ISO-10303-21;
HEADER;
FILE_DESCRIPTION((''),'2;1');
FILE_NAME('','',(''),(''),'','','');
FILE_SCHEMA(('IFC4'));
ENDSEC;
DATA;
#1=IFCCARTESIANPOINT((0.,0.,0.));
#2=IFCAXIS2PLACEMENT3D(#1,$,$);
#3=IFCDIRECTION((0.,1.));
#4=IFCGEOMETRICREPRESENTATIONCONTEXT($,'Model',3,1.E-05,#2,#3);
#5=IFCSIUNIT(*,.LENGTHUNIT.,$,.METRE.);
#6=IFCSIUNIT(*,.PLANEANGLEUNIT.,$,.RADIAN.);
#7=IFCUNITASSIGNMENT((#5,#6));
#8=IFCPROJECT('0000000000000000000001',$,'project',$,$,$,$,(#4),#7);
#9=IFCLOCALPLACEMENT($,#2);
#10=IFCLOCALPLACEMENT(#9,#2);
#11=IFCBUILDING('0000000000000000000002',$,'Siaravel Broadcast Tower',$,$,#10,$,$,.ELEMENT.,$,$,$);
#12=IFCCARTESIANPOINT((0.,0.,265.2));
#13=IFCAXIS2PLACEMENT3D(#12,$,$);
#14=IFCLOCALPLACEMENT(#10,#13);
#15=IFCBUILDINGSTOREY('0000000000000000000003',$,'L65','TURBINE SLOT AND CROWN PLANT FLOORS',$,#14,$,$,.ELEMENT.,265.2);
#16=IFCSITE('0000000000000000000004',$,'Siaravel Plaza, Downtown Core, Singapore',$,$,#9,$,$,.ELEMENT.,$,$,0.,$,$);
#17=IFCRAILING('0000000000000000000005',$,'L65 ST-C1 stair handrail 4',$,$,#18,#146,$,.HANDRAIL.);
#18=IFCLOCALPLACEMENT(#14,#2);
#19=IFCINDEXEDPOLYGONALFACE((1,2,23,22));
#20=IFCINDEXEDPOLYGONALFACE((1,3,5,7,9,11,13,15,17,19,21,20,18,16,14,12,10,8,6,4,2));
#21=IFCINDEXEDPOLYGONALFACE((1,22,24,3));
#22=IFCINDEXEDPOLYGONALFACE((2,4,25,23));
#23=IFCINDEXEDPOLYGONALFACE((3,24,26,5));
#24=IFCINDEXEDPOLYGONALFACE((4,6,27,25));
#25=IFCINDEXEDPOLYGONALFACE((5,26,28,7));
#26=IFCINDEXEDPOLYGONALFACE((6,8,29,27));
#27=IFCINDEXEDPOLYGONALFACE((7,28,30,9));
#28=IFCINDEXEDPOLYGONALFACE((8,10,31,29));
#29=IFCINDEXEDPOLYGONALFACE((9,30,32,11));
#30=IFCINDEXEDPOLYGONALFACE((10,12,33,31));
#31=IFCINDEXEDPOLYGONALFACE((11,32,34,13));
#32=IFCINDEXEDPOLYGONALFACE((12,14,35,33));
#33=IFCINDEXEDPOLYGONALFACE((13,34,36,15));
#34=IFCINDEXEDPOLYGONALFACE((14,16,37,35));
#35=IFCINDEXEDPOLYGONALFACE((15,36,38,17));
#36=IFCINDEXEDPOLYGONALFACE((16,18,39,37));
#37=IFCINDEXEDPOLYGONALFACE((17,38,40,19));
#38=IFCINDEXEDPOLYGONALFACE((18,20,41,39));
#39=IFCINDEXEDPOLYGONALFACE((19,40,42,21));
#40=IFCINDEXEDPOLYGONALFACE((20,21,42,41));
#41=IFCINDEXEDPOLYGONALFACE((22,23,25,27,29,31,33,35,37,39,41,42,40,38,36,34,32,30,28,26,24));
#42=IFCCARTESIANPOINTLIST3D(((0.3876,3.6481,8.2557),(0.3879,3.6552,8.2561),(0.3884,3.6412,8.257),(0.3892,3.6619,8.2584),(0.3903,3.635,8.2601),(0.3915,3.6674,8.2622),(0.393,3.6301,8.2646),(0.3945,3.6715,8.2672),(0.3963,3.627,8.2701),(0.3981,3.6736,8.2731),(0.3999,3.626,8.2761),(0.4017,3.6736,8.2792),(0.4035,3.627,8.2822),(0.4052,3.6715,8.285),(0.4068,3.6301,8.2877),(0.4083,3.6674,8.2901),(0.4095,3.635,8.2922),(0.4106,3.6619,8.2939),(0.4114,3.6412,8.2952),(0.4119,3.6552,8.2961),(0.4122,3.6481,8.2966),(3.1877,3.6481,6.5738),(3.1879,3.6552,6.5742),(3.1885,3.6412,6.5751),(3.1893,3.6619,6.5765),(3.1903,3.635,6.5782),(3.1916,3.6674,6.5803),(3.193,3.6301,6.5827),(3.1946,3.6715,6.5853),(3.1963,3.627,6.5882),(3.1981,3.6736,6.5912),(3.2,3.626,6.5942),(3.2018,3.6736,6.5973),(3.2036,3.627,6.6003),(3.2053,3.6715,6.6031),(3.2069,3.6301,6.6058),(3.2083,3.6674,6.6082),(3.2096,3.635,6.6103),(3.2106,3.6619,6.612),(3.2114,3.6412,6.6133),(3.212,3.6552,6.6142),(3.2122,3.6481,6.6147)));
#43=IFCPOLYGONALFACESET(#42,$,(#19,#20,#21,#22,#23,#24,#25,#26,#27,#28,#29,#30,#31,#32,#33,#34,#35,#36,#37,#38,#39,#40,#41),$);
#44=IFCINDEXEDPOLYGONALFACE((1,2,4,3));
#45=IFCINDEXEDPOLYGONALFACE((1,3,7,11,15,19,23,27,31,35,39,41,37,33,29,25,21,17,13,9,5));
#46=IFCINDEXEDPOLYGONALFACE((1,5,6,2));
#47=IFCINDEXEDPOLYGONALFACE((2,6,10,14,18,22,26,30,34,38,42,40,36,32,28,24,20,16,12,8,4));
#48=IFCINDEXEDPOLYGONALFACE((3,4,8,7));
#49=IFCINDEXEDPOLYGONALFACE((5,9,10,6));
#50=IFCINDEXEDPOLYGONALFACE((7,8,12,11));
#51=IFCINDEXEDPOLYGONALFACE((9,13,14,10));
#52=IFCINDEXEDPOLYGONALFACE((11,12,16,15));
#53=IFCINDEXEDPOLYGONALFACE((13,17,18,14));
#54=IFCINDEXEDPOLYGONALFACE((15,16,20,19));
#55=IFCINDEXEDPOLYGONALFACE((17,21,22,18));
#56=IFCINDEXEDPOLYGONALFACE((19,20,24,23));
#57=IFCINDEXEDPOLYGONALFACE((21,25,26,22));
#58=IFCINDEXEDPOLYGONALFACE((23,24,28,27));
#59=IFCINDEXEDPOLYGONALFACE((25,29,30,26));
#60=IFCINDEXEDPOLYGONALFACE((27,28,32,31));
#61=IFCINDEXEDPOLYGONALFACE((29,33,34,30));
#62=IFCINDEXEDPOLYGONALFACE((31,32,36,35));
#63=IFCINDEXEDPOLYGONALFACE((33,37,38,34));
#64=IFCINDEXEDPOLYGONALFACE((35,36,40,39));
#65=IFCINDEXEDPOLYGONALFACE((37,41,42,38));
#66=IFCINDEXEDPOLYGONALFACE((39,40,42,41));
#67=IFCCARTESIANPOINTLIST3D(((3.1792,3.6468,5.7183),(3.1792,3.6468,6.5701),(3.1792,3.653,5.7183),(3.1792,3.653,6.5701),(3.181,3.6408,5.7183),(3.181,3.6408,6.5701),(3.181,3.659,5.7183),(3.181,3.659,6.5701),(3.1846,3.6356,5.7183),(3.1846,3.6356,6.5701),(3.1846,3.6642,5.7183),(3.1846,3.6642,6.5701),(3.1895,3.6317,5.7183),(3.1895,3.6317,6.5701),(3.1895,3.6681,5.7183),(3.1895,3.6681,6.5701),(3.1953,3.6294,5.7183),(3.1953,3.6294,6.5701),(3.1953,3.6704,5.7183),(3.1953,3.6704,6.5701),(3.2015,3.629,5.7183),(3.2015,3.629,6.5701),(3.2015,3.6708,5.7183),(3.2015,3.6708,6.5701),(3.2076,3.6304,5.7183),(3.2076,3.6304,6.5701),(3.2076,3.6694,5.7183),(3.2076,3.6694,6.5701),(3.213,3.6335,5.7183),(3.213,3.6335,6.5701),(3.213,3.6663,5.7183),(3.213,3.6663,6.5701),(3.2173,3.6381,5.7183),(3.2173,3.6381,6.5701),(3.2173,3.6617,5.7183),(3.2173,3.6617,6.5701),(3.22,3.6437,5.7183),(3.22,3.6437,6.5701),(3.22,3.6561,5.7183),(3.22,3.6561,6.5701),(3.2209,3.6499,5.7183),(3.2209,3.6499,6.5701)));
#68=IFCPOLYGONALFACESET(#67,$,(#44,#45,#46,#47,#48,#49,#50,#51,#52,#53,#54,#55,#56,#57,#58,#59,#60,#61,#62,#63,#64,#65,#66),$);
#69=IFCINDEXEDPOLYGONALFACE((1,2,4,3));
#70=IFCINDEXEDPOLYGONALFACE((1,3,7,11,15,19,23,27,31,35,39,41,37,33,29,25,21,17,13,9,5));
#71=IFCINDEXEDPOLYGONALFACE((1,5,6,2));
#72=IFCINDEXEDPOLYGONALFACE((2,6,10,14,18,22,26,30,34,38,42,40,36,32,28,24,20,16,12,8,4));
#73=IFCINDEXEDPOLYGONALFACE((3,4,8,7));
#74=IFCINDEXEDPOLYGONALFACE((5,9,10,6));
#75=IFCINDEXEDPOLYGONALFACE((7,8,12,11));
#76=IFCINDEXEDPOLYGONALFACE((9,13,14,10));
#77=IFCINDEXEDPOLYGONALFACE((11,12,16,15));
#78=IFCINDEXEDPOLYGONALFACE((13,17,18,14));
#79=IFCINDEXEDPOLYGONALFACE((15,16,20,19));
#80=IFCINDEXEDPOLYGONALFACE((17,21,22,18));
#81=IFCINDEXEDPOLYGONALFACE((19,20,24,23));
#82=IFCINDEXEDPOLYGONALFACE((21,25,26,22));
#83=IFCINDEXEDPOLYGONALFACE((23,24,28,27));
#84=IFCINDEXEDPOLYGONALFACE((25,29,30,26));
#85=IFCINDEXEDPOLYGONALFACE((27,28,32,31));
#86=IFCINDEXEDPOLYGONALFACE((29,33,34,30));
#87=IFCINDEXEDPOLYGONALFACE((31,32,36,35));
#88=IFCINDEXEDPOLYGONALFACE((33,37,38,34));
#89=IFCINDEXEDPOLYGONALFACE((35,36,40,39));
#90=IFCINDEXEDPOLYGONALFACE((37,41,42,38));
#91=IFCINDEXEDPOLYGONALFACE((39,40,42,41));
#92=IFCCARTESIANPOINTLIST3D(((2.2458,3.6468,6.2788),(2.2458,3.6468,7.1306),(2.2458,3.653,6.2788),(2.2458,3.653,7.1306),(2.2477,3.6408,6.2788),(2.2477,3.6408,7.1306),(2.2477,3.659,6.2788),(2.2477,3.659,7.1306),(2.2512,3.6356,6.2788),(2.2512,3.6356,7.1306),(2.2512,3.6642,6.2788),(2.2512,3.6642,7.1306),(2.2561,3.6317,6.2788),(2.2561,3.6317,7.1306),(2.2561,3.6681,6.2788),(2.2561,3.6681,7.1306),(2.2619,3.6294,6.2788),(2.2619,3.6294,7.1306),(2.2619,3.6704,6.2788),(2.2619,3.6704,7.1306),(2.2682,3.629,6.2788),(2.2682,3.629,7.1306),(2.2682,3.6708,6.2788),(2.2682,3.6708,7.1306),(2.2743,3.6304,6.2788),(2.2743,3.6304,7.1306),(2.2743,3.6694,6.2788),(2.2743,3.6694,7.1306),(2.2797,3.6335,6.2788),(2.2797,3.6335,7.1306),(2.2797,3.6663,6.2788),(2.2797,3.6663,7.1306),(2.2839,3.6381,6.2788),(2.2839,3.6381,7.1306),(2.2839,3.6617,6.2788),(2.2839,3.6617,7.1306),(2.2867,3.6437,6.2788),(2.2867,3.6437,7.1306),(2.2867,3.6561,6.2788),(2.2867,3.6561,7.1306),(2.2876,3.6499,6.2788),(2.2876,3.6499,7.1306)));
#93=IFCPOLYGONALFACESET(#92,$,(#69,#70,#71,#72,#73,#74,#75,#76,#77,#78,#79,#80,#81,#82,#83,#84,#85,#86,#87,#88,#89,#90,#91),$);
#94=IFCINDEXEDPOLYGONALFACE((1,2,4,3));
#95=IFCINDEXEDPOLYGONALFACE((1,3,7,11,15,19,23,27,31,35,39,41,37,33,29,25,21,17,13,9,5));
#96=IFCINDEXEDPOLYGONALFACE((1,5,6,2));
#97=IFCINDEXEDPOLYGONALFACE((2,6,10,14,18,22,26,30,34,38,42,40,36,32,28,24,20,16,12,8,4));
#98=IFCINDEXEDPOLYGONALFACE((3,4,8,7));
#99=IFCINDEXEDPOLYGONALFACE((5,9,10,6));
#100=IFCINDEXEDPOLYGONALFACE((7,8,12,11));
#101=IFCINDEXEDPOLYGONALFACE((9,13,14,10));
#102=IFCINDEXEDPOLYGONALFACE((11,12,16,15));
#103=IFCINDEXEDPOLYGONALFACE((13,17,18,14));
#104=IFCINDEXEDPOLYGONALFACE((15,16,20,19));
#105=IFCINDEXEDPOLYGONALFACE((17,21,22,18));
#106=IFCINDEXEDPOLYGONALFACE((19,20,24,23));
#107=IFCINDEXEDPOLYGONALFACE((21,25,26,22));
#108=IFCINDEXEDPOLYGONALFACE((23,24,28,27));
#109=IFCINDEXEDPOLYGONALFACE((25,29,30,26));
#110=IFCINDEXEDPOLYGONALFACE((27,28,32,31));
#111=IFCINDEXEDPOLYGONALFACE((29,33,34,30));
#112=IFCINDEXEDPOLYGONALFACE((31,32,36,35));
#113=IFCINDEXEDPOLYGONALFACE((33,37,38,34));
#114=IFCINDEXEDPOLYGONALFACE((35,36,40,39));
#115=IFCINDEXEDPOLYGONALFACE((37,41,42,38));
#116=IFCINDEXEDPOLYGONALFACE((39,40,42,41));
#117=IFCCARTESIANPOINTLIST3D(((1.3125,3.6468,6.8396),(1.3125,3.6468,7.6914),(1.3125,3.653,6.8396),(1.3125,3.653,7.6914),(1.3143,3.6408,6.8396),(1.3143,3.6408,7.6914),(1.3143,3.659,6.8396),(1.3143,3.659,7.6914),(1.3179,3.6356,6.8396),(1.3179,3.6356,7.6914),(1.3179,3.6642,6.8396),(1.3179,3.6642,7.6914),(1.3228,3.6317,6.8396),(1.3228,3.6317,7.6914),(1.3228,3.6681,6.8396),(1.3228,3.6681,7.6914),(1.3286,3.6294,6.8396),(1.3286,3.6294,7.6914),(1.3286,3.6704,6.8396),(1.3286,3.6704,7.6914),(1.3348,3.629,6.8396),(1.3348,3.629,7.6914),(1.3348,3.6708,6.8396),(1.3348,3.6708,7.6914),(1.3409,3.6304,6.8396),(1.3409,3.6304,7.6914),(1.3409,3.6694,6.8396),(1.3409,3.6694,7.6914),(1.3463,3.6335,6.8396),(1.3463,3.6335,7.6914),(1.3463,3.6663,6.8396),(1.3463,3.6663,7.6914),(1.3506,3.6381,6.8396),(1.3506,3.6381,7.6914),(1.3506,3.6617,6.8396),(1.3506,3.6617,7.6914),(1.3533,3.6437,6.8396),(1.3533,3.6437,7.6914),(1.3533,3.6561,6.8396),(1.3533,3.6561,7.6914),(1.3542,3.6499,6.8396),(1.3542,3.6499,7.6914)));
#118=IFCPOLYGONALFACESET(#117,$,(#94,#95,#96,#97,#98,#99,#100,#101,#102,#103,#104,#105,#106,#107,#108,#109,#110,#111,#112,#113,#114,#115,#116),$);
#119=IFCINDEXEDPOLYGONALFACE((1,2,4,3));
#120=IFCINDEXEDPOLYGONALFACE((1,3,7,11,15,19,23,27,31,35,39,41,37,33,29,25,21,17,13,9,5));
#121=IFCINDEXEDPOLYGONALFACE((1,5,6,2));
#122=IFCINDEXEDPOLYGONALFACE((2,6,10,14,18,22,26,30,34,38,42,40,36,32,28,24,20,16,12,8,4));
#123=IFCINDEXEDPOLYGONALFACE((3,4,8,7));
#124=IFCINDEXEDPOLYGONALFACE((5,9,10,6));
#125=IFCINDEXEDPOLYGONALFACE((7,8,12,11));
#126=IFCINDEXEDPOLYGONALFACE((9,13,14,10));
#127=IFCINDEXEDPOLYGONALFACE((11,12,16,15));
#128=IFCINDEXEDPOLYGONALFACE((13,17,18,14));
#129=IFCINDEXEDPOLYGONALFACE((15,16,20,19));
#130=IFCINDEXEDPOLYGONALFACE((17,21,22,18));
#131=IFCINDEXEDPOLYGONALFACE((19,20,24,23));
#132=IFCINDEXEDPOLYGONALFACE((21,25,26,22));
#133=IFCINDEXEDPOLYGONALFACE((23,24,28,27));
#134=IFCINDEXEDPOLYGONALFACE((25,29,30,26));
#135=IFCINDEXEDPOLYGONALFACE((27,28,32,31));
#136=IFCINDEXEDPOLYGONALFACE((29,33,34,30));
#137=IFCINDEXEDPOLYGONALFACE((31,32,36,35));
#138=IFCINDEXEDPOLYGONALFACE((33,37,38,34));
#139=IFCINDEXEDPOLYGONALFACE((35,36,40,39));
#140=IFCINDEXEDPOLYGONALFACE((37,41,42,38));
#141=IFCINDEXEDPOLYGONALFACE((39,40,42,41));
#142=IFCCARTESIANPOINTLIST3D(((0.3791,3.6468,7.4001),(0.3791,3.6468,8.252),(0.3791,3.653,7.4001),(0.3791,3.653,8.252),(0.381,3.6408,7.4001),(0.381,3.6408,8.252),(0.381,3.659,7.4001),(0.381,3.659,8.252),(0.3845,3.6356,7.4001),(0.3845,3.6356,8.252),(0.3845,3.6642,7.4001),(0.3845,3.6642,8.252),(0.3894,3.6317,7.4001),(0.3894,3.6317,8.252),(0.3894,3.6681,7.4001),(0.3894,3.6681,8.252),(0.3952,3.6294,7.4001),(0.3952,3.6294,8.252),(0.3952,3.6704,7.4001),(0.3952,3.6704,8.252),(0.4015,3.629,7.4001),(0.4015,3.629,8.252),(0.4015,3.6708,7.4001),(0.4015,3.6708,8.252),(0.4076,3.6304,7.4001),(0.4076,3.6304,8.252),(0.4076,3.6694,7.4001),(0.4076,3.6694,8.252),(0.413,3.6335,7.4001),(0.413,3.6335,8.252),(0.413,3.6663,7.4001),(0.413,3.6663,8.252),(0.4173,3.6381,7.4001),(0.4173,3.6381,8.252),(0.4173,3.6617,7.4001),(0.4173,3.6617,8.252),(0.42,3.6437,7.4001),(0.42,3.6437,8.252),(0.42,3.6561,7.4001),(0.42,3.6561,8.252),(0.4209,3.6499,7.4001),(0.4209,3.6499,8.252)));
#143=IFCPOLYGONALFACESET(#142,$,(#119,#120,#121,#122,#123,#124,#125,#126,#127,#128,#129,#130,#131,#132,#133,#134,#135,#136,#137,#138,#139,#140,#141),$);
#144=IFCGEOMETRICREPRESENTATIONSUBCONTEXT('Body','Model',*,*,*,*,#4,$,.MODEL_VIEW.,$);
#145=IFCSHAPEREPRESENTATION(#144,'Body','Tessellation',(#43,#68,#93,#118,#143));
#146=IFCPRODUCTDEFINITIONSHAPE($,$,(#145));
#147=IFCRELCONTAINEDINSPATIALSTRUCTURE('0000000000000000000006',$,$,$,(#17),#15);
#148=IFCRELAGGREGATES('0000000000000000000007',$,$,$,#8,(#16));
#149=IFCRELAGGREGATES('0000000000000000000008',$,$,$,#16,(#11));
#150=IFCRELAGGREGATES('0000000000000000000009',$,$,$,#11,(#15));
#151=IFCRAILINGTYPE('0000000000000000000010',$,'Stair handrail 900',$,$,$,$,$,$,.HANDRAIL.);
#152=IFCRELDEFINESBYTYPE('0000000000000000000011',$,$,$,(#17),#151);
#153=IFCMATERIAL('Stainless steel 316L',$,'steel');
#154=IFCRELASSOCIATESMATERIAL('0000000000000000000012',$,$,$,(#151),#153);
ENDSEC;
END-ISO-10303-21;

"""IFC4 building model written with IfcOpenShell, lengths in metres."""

from ifc_helpers import new_model, si_unit, direction, frame, origin, origin_2d, place, context, subcontext, project, spatial, circle, extrude, material, type_object, element, save


model = new_model("IFC4")

# Units and contexts
model_context = context("Model", 3, precision=1e-05, world=origin(), true_north=direction((0.0, 1.0)))
body_context = subcontext(model_context, "Body", "Model", "MODEL_VIEW")
ifc_project = project(units=[si_unit("LENGTHUNIT", "METRE"), si_unit("PLANEANGLEUNIT", "RADIAN")], contexts=[model_context])

# Site, building, storey
site_placement = place(None, origin())
site = spatial("IfcSite", under=ifc_project, at=site_placement, Name="Siaravel Plaza, Downtown Core, Singapore", CompositionType="ELEMENT", RefElevation=0.0)
building_placement = place(site_placement, origin())
building = spatial("IfcBuilding", under=site, at=building_placement, Name="Siaravel Broadcast Tower", CompositionType="ELEMENT")
storey_placement = place(building_placement, frame((0.0, 0.0, 265.2)))
storey = spatial("IfcBuildingStorey", under=building, at=storey_placement, Name="L65", Description="TURBINE SLOT AND CROWN PLANT FLOORS", CompositionType="ELEMENT", Elevation=265.2)

# Railing
ifc_material_1 = material(Name="Stainless steel 316L", Category="steel")
railing_type_1 = type_object("IfcRailingType", Name="Stair handrail 900", PredefinedType="HANDRAIL", material=ifc_material_1)
railing_1_placement = place(storey_placement, frame((3.2, 3.6499, 5.7183)))
element("IfcRailing", 1, at=railing_1_placement, inside=storey, type_object=railing_type_1, Name="L65 ST-C1 stair handrail 4", PredefinedType="HANDRAIL", context=body_context, shape_type="SweptSolid", body=[
    extrude(circle(Radius=0.0239, at=origin_2d()), frame((0.0, 0.0, 0.876), z_axis=(-0.857242, 0.0, 0.514913), x_axis=(0.0, -1.0, 0.0)), (0.0, 0.0, 1.0), 3.2664),
    extrude(circle(Radius=0.021, at=origin_2d()), origin(), (0.0, 0.0, 1.0), 0.8518),
    extrude(circle(Radius=0.021, at=origin_2d()), frame((-0.9333, 0.0, 0.5605)), (0.0, 0.0, 1.0), 0.8518),
    extrude(circle(Radius=0.021, at=origin_2d()), frame((-1.8667, 0.0, 1.1213)), (0.0, 0.0, 1.0), 0.8518),
    extrude(circle(Radius=0.021, at=origin_2d()), frame((-2.8, 0.0, 1.6819)), (0.0, 0.0, 1.0), 0.8518),
])

save(model, "model.ifc")
